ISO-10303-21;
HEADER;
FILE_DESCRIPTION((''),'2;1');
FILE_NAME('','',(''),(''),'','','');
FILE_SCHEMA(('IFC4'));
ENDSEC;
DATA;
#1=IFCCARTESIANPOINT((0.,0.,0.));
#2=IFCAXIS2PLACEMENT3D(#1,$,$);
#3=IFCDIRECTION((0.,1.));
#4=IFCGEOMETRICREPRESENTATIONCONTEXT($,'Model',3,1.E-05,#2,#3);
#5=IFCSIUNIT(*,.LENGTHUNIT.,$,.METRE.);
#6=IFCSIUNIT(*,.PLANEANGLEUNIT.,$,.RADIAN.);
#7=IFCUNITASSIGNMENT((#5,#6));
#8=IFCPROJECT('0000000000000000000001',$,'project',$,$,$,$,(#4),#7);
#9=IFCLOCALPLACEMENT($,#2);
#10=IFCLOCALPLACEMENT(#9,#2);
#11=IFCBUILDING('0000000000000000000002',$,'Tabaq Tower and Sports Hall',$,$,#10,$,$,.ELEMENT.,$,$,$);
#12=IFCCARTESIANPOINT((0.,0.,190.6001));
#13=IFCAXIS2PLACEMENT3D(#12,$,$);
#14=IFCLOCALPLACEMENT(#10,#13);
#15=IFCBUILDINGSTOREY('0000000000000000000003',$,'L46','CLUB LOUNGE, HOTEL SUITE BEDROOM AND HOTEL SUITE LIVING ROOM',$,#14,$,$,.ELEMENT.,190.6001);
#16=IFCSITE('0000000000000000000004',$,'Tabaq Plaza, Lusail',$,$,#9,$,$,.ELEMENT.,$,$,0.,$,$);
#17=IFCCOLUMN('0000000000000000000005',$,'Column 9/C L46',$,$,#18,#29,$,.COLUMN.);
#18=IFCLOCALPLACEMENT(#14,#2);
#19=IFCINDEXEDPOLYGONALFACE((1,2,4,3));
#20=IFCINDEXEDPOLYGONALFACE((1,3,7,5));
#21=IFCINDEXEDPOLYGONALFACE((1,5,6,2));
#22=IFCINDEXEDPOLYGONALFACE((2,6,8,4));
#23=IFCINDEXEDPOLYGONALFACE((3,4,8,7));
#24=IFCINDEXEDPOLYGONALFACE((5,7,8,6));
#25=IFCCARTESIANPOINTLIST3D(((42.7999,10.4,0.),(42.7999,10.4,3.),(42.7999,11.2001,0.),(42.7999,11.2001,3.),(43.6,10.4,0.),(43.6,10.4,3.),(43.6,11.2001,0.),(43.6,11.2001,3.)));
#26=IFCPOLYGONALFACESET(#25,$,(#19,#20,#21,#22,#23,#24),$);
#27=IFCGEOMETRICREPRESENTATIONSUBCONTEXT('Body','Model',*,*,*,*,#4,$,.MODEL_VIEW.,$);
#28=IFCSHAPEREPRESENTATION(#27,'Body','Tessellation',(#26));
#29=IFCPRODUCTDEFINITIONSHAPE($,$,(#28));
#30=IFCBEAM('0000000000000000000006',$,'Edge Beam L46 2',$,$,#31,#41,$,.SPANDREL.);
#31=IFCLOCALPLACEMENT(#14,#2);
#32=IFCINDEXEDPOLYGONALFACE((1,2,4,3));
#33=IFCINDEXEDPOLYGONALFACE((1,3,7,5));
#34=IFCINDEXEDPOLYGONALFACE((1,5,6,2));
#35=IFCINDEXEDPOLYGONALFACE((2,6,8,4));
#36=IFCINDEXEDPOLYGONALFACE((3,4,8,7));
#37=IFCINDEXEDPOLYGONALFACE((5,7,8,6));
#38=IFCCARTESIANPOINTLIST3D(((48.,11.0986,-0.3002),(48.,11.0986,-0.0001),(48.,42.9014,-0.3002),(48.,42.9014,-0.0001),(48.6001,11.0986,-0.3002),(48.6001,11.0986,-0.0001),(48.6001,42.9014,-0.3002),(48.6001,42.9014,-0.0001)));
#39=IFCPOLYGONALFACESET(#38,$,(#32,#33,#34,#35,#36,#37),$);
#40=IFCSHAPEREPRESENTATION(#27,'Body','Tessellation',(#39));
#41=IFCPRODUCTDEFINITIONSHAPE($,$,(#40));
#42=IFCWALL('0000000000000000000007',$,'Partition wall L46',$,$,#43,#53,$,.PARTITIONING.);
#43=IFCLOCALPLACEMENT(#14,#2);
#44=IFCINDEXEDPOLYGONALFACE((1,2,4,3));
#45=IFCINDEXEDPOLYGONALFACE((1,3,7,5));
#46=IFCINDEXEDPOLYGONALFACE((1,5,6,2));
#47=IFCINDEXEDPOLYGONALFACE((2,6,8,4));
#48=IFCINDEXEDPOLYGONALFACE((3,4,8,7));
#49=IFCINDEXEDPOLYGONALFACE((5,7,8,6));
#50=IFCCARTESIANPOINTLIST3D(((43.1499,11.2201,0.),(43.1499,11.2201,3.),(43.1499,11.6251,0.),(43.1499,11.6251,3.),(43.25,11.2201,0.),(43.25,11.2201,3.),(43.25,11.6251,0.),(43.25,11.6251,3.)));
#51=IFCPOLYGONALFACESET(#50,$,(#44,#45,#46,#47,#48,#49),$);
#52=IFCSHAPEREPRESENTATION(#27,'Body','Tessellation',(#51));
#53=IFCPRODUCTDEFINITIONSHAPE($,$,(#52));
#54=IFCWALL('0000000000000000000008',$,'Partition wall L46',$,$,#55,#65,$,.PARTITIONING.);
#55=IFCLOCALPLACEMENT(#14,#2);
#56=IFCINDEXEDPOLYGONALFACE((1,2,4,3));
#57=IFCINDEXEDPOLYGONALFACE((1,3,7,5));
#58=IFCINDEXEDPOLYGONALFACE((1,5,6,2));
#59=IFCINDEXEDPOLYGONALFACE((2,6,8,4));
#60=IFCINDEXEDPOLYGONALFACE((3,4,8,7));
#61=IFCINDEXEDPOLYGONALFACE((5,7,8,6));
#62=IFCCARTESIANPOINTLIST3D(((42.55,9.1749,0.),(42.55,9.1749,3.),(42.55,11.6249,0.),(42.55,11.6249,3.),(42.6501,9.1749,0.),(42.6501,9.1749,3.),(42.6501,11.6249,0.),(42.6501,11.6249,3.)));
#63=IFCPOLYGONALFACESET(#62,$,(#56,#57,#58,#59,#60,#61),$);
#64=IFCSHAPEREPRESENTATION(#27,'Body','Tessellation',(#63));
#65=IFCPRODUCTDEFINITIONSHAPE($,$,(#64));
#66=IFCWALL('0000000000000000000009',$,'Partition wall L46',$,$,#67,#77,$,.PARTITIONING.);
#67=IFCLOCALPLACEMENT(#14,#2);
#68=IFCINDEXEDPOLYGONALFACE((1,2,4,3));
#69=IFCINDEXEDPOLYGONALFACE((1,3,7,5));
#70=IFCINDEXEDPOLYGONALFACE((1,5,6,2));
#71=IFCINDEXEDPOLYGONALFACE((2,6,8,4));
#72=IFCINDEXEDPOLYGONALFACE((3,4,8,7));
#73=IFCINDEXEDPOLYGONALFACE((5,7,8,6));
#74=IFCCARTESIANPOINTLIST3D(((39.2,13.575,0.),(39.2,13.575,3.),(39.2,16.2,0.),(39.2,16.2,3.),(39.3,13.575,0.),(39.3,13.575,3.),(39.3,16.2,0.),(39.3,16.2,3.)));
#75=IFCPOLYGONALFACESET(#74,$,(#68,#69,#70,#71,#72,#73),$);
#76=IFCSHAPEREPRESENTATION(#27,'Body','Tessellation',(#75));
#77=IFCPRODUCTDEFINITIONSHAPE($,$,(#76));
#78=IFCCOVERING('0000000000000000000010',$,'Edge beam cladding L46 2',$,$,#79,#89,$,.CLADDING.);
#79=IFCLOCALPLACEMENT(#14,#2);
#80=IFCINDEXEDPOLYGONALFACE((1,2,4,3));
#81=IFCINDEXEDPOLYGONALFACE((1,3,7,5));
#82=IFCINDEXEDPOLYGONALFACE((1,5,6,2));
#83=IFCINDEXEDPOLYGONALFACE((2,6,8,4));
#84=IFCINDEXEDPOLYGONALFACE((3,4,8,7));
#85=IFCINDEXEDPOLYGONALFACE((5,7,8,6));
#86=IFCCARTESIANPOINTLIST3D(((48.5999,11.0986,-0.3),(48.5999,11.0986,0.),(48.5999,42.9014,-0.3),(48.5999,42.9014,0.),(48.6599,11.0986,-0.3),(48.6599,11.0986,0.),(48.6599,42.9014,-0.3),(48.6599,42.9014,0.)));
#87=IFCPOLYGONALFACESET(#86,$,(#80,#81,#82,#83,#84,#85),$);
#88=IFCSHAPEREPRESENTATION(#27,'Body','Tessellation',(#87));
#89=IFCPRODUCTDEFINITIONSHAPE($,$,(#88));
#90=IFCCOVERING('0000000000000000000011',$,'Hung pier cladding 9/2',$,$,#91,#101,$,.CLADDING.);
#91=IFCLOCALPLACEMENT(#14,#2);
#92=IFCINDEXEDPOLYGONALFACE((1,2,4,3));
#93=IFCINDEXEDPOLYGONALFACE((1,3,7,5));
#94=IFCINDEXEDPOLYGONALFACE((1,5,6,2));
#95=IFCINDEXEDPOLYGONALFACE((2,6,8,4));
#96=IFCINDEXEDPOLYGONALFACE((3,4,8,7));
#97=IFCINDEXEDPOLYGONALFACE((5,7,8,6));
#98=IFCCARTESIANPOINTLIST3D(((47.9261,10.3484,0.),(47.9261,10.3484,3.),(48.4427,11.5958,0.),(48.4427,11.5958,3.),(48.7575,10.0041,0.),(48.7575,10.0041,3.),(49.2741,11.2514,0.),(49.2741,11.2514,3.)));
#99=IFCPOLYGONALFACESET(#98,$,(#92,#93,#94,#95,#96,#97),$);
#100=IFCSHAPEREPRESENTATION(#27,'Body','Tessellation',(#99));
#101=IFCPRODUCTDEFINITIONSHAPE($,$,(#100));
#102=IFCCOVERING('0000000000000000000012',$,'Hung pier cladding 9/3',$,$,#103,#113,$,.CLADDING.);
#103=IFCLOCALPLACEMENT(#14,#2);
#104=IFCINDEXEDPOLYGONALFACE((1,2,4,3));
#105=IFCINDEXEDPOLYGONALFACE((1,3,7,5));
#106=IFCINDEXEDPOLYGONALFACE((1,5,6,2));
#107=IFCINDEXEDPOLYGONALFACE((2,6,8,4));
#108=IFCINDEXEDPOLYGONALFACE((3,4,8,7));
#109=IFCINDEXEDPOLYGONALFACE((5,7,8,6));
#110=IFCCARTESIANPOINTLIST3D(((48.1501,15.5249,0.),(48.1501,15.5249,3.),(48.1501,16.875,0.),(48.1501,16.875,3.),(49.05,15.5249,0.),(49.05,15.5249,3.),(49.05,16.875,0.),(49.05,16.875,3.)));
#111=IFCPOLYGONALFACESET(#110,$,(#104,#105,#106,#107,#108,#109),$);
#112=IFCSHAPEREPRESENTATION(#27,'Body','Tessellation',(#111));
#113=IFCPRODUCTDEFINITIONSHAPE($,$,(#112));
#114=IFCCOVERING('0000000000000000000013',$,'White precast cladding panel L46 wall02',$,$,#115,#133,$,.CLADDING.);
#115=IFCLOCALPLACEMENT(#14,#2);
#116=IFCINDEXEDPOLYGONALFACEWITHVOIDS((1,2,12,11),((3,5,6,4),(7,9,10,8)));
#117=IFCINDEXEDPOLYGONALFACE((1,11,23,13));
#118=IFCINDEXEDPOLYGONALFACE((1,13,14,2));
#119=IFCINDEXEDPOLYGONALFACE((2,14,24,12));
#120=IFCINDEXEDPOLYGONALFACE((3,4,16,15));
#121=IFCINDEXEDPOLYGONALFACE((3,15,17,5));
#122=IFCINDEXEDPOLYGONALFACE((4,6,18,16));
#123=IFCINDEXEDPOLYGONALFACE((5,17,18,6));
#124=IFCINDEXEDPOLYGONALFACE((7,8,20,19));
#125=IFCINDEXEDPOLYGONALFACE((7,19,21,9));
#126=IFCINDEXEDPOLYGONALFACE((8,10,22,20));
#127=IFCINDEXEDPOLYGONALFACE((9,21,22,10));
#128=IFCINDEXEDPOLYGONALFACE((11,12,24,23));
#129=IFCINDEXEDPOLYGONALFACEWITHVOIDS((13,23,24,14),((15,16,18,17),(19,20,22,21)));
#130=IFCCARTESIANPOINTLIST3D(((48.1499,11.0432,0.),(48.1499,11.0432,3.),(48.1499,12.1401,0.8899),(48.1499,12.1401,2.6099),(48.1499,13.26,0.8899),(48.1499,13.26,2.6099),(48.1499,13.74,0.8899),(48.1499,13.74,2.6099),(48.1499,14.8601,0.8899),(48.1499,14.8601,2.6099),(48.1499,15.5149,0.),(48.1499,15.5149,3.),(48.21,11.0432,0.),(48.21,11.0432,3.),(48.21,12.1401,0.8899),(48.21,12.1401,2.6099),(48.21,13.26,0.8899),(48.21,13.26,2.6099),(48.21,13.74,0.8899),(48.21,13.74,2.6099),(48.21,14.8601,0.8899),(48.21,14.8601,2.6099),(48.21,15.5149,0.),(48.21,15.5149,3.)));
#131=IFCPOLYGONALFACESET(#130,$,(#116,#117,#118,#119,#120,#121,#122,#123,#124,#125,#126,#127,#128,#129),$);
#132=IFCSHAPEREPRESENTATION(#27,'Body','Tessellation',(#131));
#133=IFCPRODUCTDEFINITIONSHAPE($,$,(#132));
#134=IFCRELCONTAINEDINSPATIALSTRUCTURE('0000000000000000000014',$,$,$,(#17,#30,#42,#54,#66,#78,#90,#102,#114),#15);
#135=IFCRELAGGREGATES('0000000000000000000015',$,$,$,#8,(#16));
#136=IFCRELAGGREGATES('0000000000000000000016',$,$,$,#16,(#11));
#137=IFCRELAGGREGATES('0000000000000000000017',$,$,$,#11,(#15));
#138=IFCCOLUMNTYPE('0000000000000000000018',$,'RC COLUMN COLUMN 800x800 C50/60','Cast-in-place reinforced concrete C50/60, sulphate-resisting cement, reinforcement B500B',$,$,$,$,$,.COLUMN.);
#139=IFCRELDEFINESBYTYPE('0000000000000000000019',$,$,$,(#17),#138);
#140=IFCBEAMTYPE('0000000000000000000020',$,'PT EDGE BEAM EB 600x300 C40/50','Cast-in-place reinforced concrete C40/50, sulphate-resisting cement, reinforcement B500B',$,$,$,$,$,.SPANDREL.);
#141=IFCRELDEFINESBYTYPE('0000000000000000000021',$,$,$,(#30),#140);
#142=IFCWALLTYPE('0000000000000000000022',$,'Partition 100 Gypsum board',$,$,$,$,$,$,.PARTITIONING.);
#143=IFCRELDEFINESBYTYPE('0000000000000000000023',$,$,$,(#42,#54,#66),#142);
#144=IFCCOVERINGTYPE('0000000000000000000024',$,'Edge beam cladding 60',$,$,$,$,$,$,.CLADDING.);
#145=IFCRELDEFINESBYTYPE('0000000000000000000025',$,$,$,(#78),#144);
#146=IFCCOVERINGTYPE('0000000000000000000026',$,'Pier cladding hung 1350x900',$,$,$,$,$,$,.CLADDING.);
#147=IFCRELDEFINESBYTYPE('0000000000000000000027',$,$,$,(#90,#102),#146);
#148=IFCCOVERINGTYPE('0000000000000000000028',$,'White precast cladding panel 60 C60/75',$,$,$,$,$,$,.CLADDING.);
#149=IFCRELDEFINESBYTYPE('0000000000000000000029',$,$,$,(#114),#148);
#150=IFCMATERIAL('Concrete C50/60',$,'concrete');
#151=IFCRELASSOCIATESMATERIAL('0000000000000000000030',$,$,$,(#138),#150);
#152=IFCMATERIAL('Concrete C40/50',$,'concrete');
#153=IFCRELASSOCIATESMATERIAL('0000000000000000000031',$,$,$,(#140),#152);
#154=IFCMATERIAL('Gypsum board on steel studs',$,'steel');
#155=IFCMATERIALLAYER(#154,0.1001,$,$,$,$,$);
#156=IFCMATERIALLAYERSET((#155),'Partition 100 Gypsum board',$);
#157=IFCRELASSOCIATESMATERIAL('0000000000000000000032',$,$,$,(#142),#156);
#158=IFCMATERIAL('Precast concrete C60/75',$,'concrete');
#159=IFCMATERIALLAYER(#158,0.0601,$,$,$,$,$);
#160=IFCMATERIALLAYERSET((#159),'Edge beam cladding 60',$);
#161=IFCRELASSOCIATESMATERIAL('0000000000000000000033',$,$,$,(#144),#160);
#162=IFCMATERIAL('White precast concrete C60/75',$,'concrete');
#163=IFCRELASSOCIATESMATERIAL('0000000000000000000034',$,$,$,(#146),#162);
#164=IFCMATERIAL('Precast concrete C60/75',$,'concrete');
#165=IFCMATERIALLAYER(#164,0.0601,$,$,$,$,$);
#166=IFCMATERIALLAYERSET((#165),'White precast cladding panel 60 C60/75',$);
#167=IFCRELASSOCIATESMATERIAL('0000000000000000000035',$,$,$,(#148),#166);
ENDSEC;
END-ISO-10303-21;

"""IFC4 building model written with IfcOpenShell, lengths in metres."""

from ifc_helpers import new_model, si_unit, direction, frame, frame_2d, origin, origin_2d, place, context, subcontext, project, spatial, polyline, rectangle, outline, extrude, material, layer, layer_set, material_profile, profile_set, type_object, element, save


model = new_model("IFC4")

# Units and contexts
model_context = context("Model", 3, precision=1e-05, world=origin(), true_north=direction((0.0, 1.0)))
body_context = subcontext(model_context, "Body", "Model", "MODEL_VIEW")
ifc_project = project(units=[si_unit("LENGTHUNIT", "METRE"), si_unit("PLANEANGLEUNIT", "RADIAN")], contexts=[model_context])

# Site, building, storey
site_placement = place(None, origin())
site = spatial("IfcSite", under=ifc_project, at=site_placement, Name="Tabaq Plaza, Lusail", CompositionType="ELEMENT", RefElevation=0.0)
building_placement = place(site_placement, origin())
building = spatial("IfcBuilding", under=site, at=building_placement, Name="Tabaq Tower and Sports Hall", CompositionType="ELEMENT")
storey_placement = place(building_placement, frame((0.0, 0.0, 190.6001)))
storey = spatial("IfcBuildingStorey", under=building, at=storey_placement, Name="L46", Description="CLUB LOUNGE, HOTEL SUITE BEDROOM AND HOTEL SUITE LIVING ROOM", CompositionType="ELEMENT", Elevation=190.6001)

# Column
ifc_material_1 = material(Name="Concrete C50/60", Category="concrete")
ifc_material_profile_1 = material_profile(ifc_material_1, rectangle(XDim=0.8, YDim=0.8, at=origin_2d()), Name="COLUMN 800x800")
ifc_profile_set_1 = profile_set([ifc_material_profile_1], Name="Concrete C50/60")
column_type = type_object("IfcColumnType", Name="RC COLUMN COLUMN 800x800 C50/60", Description="Cast-in-place reinforced concrete C50/60, sulphate-resisting cement, reinforcement B500B", PredefinedType="COLUMN", material=ifc_profile_set_1)
column_placement = place(storey_placement, frame((43.2, 10.8, 0.0), z_axis=(0.0, 0.0, 1.0), x_axis=(1.0, 0.0, 0.0)))
element("IfcColumn", 1, at=column_placement, inside=storey, type_object=column_type, Name="Column 9/C L46", PredefinedType="COLUMN", context=body_context, shape_type="SweptSolid", body=[
    extrude(rectangle(XDim=0.8, YDim=0.8, at=origin_2d()), origin(), (0.0, 0.0, 1.0), 3.0),
])

# Beam
ifc_material_2 = material(Name="Concrete C40/50", Category="concrete")
ifc_material_profile_2 = material_profile(ifc_material_2, rectangle(XDim=0.6001, YDim=0.3, at=origin_2d()), Name="EB 600x300")
ifc_profile_set_2 = profile_set([ifc_material_profile_2], Name="Concrete C40/50")
beam_type = type_object("IfcBeamType", Name="PT EDGE BEAM EB 600x300 C40/50", Description="Cast-in-place reinforced concrete C40/50, sulphate-resisting cement, reinforcement B500B", PredefinedType="SPANDREL", material=ifc_profile_set_2)
beam_placement = place(storey_placement, frame((48.3, 11.0986, -0.1501), z_axis=(0.0, 1.0, 0.0), x_axis=(-1.0, 0.0, 0.0)))
element("IfcBeam", 2, at=beam_placement, inside=storey, type_object=beam_type, Name="Edge Beam L46 2", PredefinedType="SPANDREL", context=body_context, shape_type="SweptSolid", body=[
    extrude(rectangle(XDim=0.6001, YDim=0.3, at=origin_2d()), origin(), (0.0, 0.0, 1.0), 31.8027),
])

# Walls
ifc_material_3 = material(Name="Gypsum board on steel studs", Category="steel")
ifc_layer_1 = layer(ifc_material_3, 0.1001)
ifc_layer_set_1 = layer_set([ifc_layer_1], Name="Partition 100 Gypsum board")
wall_type_1 = type_object("IfcWallType", Name="Partition 100 Gypsum board", PredefinedType="PARTITIONING", material=ifc_layer_set_1)
wall_1_placement = place(storey_placement, frame((43.2, 11.22, 0.0), z_axis=(0.0, 0.0, 1.0), x_axis=(0.0, 1.0, 0.0)))
element("IfcWall", 3, at=wall_1_placement, inside=storey, type_object=wall_type_1, Name="Partition wall L46", PredefinedType="PARTITIONING", context=body_context, shape_type="SweptSolid", body=[
    extrude(rectangle(XDim=0.405, YDim=0.1001, at=frame_2d((0.2026, 0.0))), origin(), (0.0, 0.0, 1.0), 3.0),
])
wall_2_placement = place(storey_placement, frame((42.6001, 11.625, 0.0), z_axis=(0.0, 0.0, 1.0), x_axis=(0.0, -1.0, 0.0)))
element("IfcWall", 4, at=wall_2_placement, inside=storey, type_object=wall_type_1, Name="Partition wall L46", PredefinedType="PARTITIONING", context=body_context, shape_type="SweptSolid", body=[
    extrude(rectangle(XDim=2.45, YDim=0.1001, at=frame_2d((1.2251, 0.0))), origin(), (0.0, 0.0, 1.0), 3.0),
])
wall_3_placement = place(storey_placement, frame((39.25, 13.575, 0.0), z_axis=(0.0, 0.0, 1.0), x_axis=(0.0, 1.0, 0.0)))
element("IfcWall", 5, at=wall_3_placement, inside=storey, type_object=wall_type_1, Name="Partition wall L46", PredefinedType="PARTITIONING", context=body_context, shape_type="SweptSolid", body=[
    extrude(rectangle(XDim=2.625, YDim=0.1001, at=frame_2d((1.3125, 0.0))), origin(), (0.0, 0.0, 1.0), 3.0),
])

# Coverings
ifc_material_4 = material(Name="Precast concrete C60/75", Category="concrete")
ifc_layer_2 = layer(ifc_material_4, 0.0601)
ifc_layer_set_2 = layer_set([ifc_layer_2], Name="Edge beam cladding 60")
covering_type_1 = type_object("IfcCoveringType", Name="Edge beam cladding 60", PredefinedType="CLADDING", material=ifc_layer_set_2)
covering_1_placement = place(storey_placement, frame((48.6299, 11.0986, -0.3), z_axis=(0.0, 0.0, 1.0), x_axis=(0.0, 1.0, 0.0)))
element("IfcCovering", 6, at=covering_1_placement, inside=storey, type_object=covering_type_1, Name="Edge beam cladding L46 2", PredefinedType="CLADDING", context=body_context, shape_type="SweptSolid", body=[
    extrude(rectangle(XDim=31.8027, YDim=0.0601, at=frame_2d((15.9014, 0.0))), origin(), (0.0, 0.0, 1.0), 0.3),
])
ifc_material_5 = material(Name="White precast concrete C60/75", Category="concrete")
covering_type_2 = type_object("IfcCoveringType", Name="Pier cladding hung 1350x900", PredefinedType="CLADDING", material=ifc_material_5)
for number, where, z_axis, x_axis, name in (
    (7, (48.3418, 10.1763, 0.0), (0.0, 0.0, 1.0), (0.38265, 0.923893, 0.0), "Hung pier cladding 9/2"),
    (8, (48.6001, 15.5249, 0.0), (0.0, 0.0, 1.0), (0.0, 1.0, 0.0), "Hung pier cladding 9/3"),
):
    element("IfcCovering", number, at=place(storey_placement, frame(where, z_axis=z_axis, x_axis=x_axis)), inside=storey, type_object=covering_type_2, Name=name, PredefinedType="CLADDING", context=body_context, shape_type="SweptSolid", body=[
        extrude(rectangle(XDim=1.3501, YDim=0.8999, at=frame_2d((0.675, 0.0))), origin(), (0.0, 0.0, 1.0), 3.0),
    ])
ifc_material_6 = material(Name="Precast concrete C60/75", Category="concrete")
ifc_layer_3 = layer(ifc_material_6, 0.0601)
ifc_layer_set_3 = layer_set([ifc_layer_3], Name="White precast cladding panel 60 C60/75")
covering_type_3 = type_object("IfcCoveringType", Name="White precast cladding panel 60 C60/75", PredefinedType="CLADDING", material=ifc_layer_set_3)
covering_2_placement = place(storey_placement, frame((48.1799, 11.0432, 0.0), z_axis=(0.0, 0.0, 1.0), x_axis=(0.0, 1.0, 0.0)))
element("IfcCovering", 9, at=covering_2_placement, inside=storey, type_object=covering_type_3, Name="White precast cladding panel L46 wall02", PredefinedType="CLADDING", context=body_context, shape_type="SweptSolid", body=[
    extrude(outline(polyline([(0.0, 0.0), (4.4717, 0.0), (4.4717, 3.0), (0.0, 3.0), (0.0, 0.0)]), holes=[polyline([(1.0969, 2.6099), (2.2168, 2.6099), (2.2168, 0.8899), (1.0969, 0.8899), (1.0969, 2.6099)]), polyline([(2.6968, 2.6099), (3.8169, 2.6099), (3.8169, 0.8899), (2.6968, 0.8899), (2.6968, 2.6099)])]), frame((0.0, 0.03, 0.0), z_axis=(0.0, -1.0, 0.0), x_axis=(1.0, 0.0, 0.0)), (0.0, 0.0, 1.0), 0.0601),
])

save(model, "model.ifc")
